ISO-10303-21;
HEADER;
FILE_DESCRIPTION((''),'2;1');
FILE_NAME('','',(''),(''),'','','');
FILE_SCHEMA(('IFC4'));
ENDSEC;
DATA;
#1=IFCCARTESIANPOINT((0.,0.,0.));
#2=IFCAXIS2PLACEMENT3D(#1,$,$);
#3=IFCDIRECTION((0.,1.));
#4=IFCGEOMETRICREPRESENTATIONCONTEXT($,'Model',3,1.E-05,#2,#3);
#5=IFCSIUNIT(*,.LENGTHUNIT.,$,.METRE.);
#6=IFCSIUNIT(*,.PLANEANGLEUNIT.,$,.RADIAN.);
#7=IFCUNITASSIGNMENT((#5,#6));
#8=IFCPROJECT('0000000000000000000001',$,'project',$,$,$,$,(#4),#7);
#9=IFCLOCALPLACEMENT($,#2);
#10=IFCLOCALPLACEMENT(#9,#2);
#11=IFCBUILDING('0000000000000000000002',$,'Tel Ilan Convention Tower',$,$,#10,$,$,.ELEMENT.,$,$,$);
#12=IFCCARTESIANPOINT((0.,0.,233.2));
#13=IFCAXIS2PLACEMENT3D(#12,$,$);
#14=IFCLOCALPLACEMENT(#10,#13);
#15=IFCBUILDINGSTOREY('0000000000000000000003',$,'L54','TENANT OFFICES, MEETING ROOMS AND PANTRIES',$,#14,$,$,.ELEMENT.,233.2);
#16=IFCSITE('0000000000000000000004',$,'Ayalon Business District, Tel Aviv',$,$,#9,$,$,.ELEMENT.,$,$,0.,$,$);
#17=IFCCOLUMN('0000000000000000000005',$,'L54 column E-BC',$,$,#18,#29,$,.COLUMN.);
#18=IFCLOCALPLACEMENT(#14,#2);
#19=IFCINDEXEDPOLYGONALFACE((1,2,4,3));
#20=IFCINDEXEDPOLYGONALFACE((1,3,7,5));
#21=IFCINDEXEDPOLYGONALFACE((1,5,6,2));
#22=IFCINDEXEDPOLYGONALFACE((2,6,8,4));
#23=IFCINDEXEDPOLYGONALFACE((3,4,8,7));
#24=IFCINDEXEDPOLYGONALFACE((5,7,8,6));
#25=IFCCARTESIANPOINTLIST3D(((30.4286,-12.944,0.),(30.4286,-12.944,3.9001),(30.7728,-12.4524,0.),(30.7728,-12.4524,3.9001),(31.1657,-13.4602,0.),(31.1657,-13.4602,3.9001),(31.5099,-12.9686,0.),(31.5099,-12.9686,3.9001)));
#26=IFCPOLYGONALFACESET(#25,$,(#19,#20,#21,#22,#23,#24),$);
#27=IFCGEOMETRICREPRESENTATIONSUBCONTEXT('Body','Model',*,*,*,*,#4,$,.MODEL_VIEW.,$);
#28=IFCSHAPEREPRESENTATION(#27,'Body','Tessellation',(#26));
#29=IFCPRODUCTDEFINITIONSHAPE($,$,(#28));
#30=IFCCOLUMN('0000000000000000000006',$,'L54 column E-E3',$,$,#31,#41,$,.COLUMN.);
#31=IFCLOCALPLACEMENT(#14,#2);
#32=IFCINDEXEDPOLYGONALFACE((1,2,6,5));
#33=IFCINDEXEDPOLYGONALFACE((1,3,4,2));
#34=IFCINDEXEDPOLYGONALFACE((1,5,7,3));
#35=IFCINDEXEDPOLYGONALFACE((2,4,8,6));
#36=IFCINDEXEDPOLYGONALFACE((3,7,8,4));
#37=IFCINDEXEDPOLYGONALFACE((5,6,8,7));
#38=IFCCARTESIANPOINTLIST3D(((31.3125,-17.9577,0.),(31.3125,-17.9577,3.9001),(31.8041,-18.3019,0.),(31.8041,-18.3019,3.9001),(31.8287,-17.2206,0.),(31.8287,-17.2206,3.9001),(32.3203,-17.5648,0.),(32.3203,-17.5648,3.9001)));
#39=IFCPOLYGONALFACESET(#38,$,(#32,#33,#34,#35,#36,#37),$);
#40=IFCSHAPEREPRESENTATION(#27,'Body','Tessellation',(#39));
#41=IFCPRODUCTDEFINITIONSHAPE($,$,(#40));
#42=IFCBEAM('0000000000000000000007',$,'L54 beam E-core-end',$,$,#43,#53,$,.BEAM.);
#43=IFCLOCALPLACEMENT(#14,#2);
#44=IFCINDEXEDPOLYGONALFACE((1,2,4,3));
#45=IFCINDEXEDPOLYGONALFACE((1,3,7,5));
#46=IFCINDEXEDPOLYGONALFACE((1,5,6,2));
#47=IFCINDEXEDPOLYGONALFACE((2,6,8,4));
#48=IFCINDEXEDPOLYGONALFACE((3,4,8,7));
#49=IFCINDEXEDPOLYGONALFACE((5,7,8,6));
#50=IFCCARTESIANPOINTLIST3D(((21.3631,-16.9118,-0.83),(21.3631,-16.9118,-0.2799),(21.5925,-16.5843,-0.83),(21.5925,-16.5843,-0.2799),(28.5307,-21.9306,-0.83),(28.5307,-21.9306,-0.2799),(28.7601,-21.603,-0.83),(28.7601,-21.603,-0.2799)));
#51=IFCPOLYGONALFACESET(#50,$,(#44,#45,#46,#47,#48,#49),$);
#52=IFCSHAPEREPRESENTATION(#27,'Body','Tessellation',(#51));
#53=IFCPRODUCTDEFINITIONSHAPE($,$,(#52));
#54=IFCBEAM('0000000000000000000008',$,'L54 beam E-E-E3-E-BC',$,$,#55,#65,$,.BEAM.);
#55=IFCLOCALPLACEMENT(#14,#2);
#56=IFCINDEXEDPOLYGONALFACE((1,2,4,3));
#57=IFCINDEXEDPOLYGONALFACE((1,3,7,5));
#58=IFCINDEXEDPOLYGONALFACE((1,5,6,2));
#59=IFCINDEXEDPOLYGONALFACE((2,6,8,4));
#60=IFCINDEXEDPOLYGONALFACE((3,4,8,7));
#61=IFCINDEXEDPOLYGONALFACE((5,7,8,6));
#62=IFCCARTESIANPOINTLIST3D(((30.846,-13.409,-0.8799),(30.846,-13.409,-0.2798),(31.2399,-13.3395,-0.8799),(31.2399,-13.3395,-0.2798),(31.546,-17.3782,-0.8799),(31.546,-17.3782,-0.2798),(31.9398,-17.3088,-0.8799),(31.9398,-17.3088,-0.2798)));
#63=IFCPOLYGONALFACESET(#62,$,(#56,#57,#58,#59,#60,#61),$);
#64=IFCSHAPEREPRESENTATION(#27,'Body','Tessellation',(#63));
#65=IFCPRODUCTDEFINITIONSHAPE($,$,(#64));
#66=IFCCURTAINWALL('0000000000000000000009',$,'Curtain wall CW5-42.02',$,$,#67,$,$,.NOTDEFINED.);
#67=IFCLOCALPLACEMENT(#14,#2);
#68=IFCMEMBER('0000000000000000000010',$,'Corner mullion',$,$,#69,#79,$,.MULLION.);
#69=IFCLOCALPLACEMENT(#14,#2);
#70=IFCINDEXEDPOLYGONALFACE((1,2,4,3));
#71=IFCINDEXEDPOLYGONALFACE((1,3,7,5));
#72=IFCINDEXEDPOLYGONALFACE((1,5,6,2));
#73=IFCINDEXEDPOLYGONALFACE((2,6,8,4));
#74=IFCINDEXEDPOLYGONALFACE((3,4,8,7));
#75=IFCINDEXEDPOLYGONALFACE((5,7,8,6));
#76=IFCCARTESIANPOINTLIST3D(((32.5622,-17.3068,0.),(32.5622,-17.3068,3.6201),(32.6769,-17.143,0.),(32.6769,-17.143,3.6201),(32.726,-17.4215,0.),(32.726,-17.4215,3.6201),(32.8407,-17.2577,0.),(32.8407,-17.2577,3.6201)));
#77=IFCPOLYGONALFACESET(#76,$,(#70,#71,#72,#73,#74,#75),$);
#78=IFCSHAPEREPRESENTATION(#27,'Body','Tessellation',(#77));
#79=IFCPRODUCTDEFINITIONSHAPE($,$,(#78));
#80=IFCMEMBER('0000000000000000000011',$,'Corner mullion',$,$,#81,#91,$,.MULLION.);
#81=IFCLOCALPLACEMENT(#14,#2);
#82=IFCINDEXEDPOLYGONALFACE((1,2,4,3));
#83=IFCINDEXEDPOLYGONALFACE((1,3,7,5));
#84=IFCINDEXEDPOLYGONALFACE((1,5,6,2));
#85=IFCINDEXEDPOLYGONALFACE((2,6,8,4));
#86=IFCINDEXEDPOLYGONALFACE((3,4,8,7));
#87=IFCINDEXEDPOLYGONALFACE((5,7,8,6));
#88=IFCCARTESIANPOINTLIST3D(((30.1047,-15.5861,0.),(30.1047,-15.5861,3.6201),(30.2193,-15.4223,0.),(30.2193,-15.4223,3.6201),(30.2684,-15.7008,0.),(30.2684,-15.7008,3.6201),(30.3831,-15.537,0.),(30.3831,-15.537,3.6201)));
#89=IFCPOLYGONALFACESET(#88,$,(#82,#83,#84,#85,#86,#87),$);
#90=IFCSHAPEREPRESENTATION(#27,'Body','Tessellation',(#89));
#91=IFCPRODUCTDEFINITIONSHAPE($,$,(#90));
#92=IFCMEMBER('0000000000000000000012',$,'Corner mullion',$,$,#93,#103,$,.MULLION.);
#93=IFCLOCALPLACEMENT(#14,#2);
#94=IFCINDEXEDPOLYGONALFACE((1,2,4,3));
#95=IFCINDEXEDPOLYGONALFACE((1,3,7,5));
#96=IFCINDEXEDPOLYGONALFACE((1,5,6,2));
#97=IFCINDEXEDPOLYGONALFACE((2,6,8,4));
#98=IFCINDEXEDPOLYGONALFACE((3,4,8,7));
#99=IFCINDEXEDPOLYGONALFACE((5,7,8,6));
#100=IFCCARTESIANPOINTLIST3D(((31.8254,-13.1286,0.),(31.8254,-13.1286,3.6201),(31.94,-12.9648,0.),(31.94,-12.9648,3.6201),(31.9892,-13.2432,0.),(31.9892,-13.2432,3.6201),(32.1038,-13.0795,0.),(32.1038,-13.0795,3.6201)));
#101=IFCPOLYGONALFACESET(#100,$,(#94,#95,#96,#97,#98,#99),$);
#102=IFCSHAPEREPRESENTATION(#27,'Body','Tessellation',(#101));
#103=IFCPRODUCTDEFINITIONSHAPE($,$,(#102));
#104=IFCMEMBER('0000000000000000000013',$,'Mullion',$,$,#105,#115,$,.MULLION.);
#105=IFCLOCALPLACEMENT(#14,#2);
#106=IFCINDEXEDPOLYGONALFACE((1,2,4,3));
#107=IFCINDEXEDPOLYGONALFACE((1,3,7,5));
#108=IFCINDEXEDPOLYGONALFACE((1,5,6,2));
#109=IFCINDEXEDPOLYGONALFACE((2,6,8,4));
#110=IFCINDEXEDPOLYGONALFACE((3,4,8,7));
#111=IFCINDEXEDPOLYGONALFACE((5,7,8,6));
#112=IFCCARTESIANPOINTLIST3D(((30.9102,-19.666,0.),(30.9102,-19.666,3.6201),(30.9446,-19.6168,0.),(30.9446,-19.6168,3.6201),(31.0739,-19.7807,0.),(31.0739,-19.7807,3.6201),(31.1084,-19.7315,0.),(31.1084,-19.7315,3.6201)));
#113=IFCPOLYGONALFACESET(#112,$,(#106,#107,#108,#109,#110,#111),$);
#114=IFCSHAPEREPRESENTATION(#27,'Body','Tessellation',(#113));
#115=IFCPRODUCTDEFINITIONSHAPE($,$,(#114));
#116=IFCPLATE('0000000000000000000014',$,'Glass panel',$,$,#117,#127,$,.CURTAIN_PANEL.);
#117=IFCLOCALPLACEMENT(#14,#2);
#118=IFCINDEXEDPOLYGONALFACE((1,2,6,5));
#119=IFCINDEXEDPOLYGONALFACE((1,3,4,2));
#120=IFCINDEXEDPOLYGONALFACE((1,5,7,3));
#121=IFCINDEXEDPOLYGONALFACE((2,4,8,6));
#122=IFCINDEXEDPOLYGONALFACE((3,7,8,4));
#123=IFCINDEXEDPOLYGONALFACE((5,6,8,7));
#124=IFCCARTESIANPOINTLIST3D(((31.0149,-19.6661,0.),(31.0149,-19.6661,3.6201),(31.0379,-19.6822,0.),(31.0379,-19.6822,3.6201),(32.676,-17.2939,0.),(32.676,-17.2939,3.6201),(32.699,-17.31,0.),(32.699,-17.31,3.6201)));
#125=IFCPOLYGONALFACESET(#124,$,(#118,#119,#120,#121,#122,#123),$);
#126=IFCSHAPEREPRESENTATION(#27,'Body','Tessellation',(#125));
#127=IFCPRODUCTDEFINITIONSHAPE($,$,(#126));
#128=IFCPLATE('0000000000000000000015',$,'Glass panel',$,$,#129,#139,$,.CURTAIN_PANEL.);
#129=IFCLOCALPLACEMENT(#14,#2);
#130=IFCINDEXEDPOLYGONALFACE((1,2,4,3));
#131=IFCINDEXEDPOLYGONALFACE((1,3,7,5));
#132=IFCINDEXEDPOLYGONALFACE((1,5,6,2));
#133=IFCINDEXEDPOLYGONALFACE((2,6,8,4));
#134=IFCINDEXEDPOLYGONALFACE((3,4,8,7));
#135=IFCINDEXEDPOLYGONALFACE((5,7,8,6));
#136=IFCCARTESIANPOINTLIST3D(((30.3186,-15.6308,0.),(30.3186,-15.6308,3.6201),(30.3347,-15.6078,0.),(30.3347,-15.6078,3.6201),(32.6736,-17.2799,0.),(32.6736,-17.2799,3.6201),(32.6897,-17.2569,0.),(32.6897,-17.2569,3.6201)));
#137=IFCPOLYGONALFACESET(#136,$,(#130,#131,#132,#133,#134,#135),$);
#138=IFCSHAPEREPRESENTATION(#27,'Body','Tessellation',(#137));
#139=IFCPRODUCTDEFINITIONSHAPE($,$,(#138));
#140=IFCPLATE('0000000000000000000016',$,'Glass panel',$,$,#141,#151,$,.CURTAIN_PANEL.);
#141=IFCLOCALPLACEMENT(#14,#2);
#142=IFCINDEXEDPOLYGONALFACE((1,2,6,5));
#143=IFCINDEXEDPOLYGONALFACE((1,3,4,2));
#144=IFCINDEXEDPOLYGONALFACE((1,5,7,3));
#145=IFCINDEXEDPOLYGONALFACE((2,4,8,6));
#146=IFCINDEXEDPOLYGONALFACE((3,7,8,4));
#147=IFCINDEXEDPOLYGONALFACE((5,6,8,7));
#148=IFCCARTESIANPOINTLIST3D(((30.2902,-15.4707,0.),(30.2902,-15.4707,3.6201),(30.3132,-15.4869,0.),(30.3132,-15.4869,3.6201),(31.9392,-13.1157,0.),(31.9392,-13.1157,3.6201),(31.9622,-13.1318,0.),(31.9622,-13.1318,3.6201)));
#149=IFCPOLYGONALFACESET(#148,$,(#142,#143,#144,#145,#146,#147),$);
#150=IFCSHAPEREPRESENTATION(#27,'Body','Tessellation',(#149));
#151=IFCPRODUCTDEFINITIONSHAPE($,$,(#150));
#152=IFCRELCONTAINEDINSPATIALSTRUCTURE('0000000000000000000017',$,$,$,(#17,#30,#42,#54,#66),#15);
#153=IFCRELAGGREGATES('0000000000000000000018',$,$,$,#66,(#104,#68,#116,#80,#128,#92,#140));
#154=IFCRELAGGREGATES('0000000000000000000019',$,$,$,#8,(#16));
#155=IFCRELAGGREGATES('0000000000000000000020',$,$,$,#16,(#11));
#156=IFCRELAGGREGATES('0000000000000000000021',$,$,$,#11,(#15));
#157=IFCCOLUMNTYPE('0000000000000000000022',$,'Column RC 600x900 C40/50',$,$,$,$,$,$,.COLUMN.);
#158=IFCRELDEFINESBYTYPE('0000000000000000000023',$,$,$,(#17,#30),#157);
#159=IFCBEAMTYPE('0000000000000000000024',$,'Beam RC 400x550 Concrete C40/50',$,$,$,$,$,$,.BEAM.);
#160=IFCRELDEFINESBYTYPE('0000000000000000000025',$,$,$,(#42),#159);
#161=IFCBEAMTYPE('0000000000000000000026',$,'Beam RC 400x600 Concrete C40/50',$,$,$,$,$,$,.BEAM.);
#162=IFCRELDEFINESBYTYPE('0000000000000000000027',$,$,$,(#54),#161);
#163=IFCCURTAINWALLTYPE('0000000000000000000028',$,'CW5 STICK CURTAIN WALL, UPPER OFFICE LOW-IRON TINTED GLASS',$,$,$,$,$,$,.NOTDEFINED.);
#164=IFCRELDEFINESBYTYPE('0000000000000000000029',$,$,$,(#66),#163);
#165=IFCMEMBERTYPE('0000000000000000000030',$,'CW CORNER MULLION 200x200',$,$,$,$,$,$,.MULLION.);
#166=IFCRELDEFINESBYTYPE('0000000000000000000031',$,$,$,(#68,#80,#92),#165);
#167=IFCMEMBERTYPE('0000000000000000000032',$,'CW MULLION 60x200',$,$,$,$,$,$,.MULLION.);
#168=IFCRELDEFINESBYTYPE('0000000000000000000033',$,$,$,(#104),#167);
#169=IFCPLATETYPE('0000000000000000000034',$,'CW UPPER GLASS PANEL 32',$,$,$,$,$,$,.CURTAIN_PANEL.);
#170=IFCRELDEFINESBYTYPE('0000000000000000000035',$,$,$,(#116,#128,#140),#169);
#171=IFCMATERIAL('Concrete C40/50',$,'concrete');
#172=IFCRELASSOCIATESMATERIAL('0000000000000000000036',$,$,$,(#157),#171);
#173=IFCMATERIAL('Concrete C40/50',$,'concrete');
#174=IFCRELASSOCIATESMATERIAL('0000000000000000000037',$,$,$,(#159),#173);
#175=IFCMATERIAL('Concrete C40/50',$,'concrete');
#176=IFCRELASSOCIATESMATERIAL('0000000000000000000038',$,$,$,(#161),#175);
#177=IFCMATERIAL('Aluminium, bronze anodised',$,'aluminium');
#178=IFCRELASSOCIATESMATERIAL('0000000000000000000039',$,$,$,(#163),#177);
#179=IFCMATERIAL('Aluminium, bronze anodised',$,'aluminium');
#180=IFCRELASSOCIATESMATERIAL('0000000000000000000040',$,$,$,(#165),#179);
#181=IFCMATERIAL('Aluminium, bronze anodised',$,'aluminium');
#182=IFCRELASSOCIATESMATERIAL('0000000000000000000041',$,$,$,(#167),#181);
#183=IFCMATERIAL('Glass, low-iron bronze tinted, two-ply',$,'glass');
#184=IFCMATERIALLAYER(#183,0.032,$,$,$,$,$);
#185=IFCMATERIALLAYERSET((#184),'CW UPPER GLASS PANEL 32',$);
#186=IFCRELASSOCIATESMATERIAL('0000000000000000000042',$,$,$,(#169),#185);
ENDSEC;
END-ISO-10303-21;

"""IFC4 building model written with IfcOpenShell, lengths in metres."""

from ifc_helpers import new_model, si_unit, direction, frame, origin, origin_2d, place, context, subcontext, project, spatial, rectangle, extrude, material, layer, layer_set, material_profile, profile_set, type_object, element, aggregate, save


model = new_model("IFC4")

# Units and contexts
model_context = context("Model", 3, precision=1e-05, world=origin(), true_north=direction((0.0, 1.0)))
body_context = subcontext(model_context, "Body", "Model", "MODEL_VIEW")
ifc_project = project(units=[si_unit("LENGTHUNIT", "METRE"), si_unit("PLANEANGLEUNIT", "RADIAN")], contexts=[model_context])

# Site, building, storey
site_placement = place(None, origin())
site = spatial("IfcSite", under=ifc_project, at=site_placement, Name="Ayalon Business District, Tel Aviv", CompositionType="ELEMENT", RefElevation=0.0)
building_placement = place(site_placement, origin())
building = spatial("IfcBuilding", under=site, at=building_placement, Name="Tel Ilan Convention Tower", CompositionType="ELEMENT")
storey_placement = place(building_placement, frame((0.0, 0.0, 233.2)))
storey = spatial("IfcBuildingStorey", under=building, at=storey_placement, Name="L54", Description="TENANT OFFICES, MEETING ROOMS AND PANTRIES", CompositionType="ELEMENT", Elevation=233.2)

# Columns
ifc_material_1 = material(Name="Concrete C40/50", Category="concrete")
ifc_material_profile_1 = material_profile(ifc_material_1, rectangle(XDim=0.8999, YDim=0.6001, at=origin_2d()), Name="RC 600x900")
ifc_profile_set_1 = profile_set([ifc_material_profile_1], Name="Concrete C40/50")
column_type = type_object("IfcColumnType", Name="Column RC 600x900 C40/50", PredefinedType="COLUMN", material=ifc_profile_set_1)
for number, where, z_axis, x_axis, name in (
    (1, (30.9692, -12.9563, 0.0), (0.0, 0.0, 1.0), (0.819152, -0.573576, 0.0), "L54 column E-BC"),
    (2, (31.8164, -17.7612, 0.0), (0.0, 0.0, 1.0), (0.573576, 0.819152, 0.0), "L54 column E-E3"),
):
    element("IfcColumn", number, at=place(storey_placement, frame(where, z_axis=z_axis, x_axis=x_axis)), inside=storey, type_object=column_type, Name=name, PredefinedType="COLUMN", context=body_context, shape_type="SweptSolid", body=[
        extrude(rectangle(XDim=0.8999, YDim=0.6001, at=origin_2d()), origin(), (0.0, 0.0, 1.0), 3.9001),
    ])

# Beams
ifc_material_2 = material(Name="Concrete C40/50", Category="concrete")
ifc_material_profile_2 = material_profile(ifc_material_2, rectangle(XDim=0.3999, YDim=0.55, at=origin_2d()), Name="RC 400x550")
ifc_profile_set_2 = profile_set([ifc_material_profile_2], Name="Concrete C40/50")
beam_type_1 = type_object("IfcBeamType", Name="Beam RC 400x550 Concrete C40/50", PredefinedType="BEAM", material=ifc_profile_set_2)
beam_1_placement = place(storey_placement, frame((21.4778, -16.748, -0.5549), z_axis=(0.819157, -0.573569, 0.0), x_axis=(0.573569, 0.819157, 0.0)))
element("IfcBeam", 3, at=beam_1_placement, inside=storey, type_object=beam_type_1, Name="L54 beam E-core-end", PredefinedType="BEAM", context=body_context, shape_type="SweptSolid", body=[
    extrude(rectangle(XDim=0.3999, YDim=0.55, at=origin_2d()), origin(), (0.0, 0.0, 1.0), 8.75),
])
ifc_material_3 = material(Name="Concrete C40/50", Category="concrete")
ifc_material_profile_3 = material_profile(ifc_material_3, rectangle(XDim=0.3999, YDim=0.6001, at=origin_2d()), Name="RC 400x600")
ifc_profile_set_3 = profile_set([ifc_material_profile_3], Name="Concrete C40/50")
beam_type_2 = type_object("IfcBeamType", Name="Beam RC 400x600 Concrete C40/50", PredefinedType="BEAM", material=ifc_profile_set_3)
beam_2_placement = place(storey_placement, frame((31.7429, -17.3435, -0.5798), z_axis=(-0.173664, 0.984805, 0.0), x_axis=(-0.984805, -0.173664, 0.0)))
element("IfcBeam", 4, at=beam_2_placement, inside=storey, type_object=beam_type_2, Name="L54 beam E-E-E3-E-BC", PredefinedType="BEAM", context=body_context, shape_type="SweptSolid", body=[
    extrude(rectangle(XDim=0.3999, YDim=0.6001, at=origin_2d()), origin(), (0.0, 0.0, 1.0), 4.0305),
])

# Curtain wall, members, plates
ifc_material_4 = material(Name="Aluminium, bronze anodised", Category="aluminium")
curtain_wall_type = type_object("IfcCurtainWallType", Name="CW5 STICK CURTAIN WALL, UPPER OFFICE LOW-IRON TINTED GLASS", PredefinedType="NOTDEFINED", material=ifc_material_4)
curtain_wall_placement = place(storey_placement, origin())
curtain_wall = element("IfcCurtainWall", 5, at=curtain_wall_placement, inside=storey, type_object=curtain_wall_type, Name="Curtain wall CW5-42.02", PredefinedType="NOTDEFINED")
ifc_material_5 = material(Name="Aluminium, bronze anodised", Category="aluminium")
ifc_material_profile_4 = material_profile(ifc_material_5, rectangle(XDim=0.2, YDim=0.2, at=origin_2d()), Name="CW CORNER MULLION 200x200")
ifc_profile_set_4 = profile_set([ifc_material_profile_4], Name="Aluminium, bronze anodised")
member_type_1 = type_object("IfcMemberType", Name="CW CORNER MULLION 200x200", PredefinedType="MULLION", material=ifc_profile_set_4)
member_1_placement = place(storey_placement, frame((32.7014, -17.2822, 0.0), z_axis=(0.0, 0.0, 1.0), x_axis=(0.573576, 0.819152, 0.0)))
member_1 = element("IfcMember", 6, at=member_1_placement, type_object=member_type_1, Name="Corner mullion", PredefinedType="MULLION", context=body_context, shape_type="SweptSolid", body=[
    extrude(rectangle(XDim=0.2, YDim=0.2, at=origin_2d()), origin(), (0.0, 0.0, 1.0), 3.6201),
])
member_2_placement = place(storey_placement, frame((30.2439, -15.5615, 0.0), z_axis=(0.0, 0.0, 1.0), x_axis=(-0.819152, 0.573576, 0.0)))
member_2 = element("IfcMember", 7, at=member_2_placement, type_object=member_type_1, Name="Corner mullion", PredefinedType="MULLION", context=body_context, shape_type="SweptSolid", body=[
    extrude(rectangle(XDim=0.2, YDim=0.2, at=origin_2d()), origin(), (0.0, 0.0, 1.0), 3.6201),
])
member_3_placement = place(storey_placement, frame((31.9646, -13.104, 0.0), z_axis=(0.0, 0.0, 1.0), x_axis=(0.573576, 0.819152, 0.0)))
member_3 = element("IfcMember", 8, at=member_3_placement, type_object=member_type_1, Name="Corner mullion", PredefinedType="MULLION", context=body_context, shape_type="SweptSolid", body=[
    extrude(rectangle(XDim=0.2, YDim=0.2, at=origin_2d()), origin(), (0.0, 0.0, 1.0), 3.6201),
])
ifc_material_6 = material(Name="Aluminium, bronze anodised", Category="aluminium")
ifc_material_profile_5 = material_profile(ifc_material_6, rectangle(XDim=0.0601, YDim=0.2, at=origin_2d()), Name="CW MULLION 60x200")
ifc_profile_set_5 = profile_set([ifc_material_profile_5], Name="Aluminium, bronze anodised")
member_type_2 = type_object("IfcMemberType", Name="CW MULLION 60x200", PredefinedType="MULLION", material=ifc_profile_set_5)
member_4_placement = place(storey_placement, frame((31.0093, -19.6987, 0.0), z_axis=(0.0, 0.0, 1.0), x_axis=(0.573576, 0.819152, 0.0)))
member_4 = element("IfcMember", 9, at=member_4_placement, type_object=member_type_2, Name="Mullion", PredefinedType="MULLION", context=body_context, shape_type="SweptSolid", body=[
    extrude(rectangle(XDim=0.0601, YDim=0.2, at=origin_2d()), origin(), (0.0, 0.0, 1.0), 3.6201),
])
ifc_material_7 = material(Name="Glass, low-iron bronze tinted, two-ply", Category="glass")
ifc_layer_1 = layer(ifc_material_7, 0.032)
ifc_layer_set_1 = layer_set([ifc_layer_1], Name="CW UPPER GLASS PANEL 32")
plate_type = type_object("IfcPlateType", Name="CW UPPER GLASS PANEL 32", PredefinedType="CURTAIN_PANEL", material=ifc_layer_set_1)
plate_1_placement = place(storey_placement, frame((31.8569, -18.488, 0.0), z_axis=(0.0, 0.0, 1.0), x_axis=(0.573576, 0.819152, 0.0)))
plate_1 = element("IfcPlate", 10, at=plate_1_placement, type_object=plate_type, Name="Glass panel", PredefinedType="CURTAIN_PANEL", context=body_context, shape_type="SweptSolid", body=[
    extrude(rectangle(XDim=2.896, YDim=0.0281, at=origin_2d()), origin(), (0.0, 0.0, 1.0), 3.6201),
])
plate_2_placement = place(storey_placement, frame((31.5042, -16.4438, 0.0), z_axis=(0.0, 0.0, 1.0), x_axis=(-0.819152, 0.573576, 0.0)))
plate_2 = element("IfcPlate", 11, at=plate_2_placement, type_object=plate_type, Name="Glass panel", PredefinedType="CURTAIN_PANEL", context=body_context, shape_type="SweptSolid", body=[
    extrude(rectangle(XDim=2.875, YDim=0.0281, at=origin_2d()), origin(), (0.0, 0.0, 1.0), 3.6201),
])
plate_3_placement = place(storey_placement, frame((31.1262, -14.3013, 0.0), z_axis=(0.0, 0.0, 1.0), x_axis=(0.573576, 0.819152, 0.0)))
plate_3 = element("IfcPlate", 12, at=plate_3_placement, type_object=plate_type, Name="Glass panel", PredefinedType="CURTAIN_PANEL", context=body_context, shape_type="SweptSolid", body=[
    extrude(rectangle(XDim=2.875, YDim=0.0281, at=origin_2d()), origin(), (0.0, 0.0, 1.0), 3.6201),
])
aggregate(curtain_wall, [member_4, member_1, plate_1, member_2, plate_2, member_3, plate_3])

save(model, "model.ifc")
